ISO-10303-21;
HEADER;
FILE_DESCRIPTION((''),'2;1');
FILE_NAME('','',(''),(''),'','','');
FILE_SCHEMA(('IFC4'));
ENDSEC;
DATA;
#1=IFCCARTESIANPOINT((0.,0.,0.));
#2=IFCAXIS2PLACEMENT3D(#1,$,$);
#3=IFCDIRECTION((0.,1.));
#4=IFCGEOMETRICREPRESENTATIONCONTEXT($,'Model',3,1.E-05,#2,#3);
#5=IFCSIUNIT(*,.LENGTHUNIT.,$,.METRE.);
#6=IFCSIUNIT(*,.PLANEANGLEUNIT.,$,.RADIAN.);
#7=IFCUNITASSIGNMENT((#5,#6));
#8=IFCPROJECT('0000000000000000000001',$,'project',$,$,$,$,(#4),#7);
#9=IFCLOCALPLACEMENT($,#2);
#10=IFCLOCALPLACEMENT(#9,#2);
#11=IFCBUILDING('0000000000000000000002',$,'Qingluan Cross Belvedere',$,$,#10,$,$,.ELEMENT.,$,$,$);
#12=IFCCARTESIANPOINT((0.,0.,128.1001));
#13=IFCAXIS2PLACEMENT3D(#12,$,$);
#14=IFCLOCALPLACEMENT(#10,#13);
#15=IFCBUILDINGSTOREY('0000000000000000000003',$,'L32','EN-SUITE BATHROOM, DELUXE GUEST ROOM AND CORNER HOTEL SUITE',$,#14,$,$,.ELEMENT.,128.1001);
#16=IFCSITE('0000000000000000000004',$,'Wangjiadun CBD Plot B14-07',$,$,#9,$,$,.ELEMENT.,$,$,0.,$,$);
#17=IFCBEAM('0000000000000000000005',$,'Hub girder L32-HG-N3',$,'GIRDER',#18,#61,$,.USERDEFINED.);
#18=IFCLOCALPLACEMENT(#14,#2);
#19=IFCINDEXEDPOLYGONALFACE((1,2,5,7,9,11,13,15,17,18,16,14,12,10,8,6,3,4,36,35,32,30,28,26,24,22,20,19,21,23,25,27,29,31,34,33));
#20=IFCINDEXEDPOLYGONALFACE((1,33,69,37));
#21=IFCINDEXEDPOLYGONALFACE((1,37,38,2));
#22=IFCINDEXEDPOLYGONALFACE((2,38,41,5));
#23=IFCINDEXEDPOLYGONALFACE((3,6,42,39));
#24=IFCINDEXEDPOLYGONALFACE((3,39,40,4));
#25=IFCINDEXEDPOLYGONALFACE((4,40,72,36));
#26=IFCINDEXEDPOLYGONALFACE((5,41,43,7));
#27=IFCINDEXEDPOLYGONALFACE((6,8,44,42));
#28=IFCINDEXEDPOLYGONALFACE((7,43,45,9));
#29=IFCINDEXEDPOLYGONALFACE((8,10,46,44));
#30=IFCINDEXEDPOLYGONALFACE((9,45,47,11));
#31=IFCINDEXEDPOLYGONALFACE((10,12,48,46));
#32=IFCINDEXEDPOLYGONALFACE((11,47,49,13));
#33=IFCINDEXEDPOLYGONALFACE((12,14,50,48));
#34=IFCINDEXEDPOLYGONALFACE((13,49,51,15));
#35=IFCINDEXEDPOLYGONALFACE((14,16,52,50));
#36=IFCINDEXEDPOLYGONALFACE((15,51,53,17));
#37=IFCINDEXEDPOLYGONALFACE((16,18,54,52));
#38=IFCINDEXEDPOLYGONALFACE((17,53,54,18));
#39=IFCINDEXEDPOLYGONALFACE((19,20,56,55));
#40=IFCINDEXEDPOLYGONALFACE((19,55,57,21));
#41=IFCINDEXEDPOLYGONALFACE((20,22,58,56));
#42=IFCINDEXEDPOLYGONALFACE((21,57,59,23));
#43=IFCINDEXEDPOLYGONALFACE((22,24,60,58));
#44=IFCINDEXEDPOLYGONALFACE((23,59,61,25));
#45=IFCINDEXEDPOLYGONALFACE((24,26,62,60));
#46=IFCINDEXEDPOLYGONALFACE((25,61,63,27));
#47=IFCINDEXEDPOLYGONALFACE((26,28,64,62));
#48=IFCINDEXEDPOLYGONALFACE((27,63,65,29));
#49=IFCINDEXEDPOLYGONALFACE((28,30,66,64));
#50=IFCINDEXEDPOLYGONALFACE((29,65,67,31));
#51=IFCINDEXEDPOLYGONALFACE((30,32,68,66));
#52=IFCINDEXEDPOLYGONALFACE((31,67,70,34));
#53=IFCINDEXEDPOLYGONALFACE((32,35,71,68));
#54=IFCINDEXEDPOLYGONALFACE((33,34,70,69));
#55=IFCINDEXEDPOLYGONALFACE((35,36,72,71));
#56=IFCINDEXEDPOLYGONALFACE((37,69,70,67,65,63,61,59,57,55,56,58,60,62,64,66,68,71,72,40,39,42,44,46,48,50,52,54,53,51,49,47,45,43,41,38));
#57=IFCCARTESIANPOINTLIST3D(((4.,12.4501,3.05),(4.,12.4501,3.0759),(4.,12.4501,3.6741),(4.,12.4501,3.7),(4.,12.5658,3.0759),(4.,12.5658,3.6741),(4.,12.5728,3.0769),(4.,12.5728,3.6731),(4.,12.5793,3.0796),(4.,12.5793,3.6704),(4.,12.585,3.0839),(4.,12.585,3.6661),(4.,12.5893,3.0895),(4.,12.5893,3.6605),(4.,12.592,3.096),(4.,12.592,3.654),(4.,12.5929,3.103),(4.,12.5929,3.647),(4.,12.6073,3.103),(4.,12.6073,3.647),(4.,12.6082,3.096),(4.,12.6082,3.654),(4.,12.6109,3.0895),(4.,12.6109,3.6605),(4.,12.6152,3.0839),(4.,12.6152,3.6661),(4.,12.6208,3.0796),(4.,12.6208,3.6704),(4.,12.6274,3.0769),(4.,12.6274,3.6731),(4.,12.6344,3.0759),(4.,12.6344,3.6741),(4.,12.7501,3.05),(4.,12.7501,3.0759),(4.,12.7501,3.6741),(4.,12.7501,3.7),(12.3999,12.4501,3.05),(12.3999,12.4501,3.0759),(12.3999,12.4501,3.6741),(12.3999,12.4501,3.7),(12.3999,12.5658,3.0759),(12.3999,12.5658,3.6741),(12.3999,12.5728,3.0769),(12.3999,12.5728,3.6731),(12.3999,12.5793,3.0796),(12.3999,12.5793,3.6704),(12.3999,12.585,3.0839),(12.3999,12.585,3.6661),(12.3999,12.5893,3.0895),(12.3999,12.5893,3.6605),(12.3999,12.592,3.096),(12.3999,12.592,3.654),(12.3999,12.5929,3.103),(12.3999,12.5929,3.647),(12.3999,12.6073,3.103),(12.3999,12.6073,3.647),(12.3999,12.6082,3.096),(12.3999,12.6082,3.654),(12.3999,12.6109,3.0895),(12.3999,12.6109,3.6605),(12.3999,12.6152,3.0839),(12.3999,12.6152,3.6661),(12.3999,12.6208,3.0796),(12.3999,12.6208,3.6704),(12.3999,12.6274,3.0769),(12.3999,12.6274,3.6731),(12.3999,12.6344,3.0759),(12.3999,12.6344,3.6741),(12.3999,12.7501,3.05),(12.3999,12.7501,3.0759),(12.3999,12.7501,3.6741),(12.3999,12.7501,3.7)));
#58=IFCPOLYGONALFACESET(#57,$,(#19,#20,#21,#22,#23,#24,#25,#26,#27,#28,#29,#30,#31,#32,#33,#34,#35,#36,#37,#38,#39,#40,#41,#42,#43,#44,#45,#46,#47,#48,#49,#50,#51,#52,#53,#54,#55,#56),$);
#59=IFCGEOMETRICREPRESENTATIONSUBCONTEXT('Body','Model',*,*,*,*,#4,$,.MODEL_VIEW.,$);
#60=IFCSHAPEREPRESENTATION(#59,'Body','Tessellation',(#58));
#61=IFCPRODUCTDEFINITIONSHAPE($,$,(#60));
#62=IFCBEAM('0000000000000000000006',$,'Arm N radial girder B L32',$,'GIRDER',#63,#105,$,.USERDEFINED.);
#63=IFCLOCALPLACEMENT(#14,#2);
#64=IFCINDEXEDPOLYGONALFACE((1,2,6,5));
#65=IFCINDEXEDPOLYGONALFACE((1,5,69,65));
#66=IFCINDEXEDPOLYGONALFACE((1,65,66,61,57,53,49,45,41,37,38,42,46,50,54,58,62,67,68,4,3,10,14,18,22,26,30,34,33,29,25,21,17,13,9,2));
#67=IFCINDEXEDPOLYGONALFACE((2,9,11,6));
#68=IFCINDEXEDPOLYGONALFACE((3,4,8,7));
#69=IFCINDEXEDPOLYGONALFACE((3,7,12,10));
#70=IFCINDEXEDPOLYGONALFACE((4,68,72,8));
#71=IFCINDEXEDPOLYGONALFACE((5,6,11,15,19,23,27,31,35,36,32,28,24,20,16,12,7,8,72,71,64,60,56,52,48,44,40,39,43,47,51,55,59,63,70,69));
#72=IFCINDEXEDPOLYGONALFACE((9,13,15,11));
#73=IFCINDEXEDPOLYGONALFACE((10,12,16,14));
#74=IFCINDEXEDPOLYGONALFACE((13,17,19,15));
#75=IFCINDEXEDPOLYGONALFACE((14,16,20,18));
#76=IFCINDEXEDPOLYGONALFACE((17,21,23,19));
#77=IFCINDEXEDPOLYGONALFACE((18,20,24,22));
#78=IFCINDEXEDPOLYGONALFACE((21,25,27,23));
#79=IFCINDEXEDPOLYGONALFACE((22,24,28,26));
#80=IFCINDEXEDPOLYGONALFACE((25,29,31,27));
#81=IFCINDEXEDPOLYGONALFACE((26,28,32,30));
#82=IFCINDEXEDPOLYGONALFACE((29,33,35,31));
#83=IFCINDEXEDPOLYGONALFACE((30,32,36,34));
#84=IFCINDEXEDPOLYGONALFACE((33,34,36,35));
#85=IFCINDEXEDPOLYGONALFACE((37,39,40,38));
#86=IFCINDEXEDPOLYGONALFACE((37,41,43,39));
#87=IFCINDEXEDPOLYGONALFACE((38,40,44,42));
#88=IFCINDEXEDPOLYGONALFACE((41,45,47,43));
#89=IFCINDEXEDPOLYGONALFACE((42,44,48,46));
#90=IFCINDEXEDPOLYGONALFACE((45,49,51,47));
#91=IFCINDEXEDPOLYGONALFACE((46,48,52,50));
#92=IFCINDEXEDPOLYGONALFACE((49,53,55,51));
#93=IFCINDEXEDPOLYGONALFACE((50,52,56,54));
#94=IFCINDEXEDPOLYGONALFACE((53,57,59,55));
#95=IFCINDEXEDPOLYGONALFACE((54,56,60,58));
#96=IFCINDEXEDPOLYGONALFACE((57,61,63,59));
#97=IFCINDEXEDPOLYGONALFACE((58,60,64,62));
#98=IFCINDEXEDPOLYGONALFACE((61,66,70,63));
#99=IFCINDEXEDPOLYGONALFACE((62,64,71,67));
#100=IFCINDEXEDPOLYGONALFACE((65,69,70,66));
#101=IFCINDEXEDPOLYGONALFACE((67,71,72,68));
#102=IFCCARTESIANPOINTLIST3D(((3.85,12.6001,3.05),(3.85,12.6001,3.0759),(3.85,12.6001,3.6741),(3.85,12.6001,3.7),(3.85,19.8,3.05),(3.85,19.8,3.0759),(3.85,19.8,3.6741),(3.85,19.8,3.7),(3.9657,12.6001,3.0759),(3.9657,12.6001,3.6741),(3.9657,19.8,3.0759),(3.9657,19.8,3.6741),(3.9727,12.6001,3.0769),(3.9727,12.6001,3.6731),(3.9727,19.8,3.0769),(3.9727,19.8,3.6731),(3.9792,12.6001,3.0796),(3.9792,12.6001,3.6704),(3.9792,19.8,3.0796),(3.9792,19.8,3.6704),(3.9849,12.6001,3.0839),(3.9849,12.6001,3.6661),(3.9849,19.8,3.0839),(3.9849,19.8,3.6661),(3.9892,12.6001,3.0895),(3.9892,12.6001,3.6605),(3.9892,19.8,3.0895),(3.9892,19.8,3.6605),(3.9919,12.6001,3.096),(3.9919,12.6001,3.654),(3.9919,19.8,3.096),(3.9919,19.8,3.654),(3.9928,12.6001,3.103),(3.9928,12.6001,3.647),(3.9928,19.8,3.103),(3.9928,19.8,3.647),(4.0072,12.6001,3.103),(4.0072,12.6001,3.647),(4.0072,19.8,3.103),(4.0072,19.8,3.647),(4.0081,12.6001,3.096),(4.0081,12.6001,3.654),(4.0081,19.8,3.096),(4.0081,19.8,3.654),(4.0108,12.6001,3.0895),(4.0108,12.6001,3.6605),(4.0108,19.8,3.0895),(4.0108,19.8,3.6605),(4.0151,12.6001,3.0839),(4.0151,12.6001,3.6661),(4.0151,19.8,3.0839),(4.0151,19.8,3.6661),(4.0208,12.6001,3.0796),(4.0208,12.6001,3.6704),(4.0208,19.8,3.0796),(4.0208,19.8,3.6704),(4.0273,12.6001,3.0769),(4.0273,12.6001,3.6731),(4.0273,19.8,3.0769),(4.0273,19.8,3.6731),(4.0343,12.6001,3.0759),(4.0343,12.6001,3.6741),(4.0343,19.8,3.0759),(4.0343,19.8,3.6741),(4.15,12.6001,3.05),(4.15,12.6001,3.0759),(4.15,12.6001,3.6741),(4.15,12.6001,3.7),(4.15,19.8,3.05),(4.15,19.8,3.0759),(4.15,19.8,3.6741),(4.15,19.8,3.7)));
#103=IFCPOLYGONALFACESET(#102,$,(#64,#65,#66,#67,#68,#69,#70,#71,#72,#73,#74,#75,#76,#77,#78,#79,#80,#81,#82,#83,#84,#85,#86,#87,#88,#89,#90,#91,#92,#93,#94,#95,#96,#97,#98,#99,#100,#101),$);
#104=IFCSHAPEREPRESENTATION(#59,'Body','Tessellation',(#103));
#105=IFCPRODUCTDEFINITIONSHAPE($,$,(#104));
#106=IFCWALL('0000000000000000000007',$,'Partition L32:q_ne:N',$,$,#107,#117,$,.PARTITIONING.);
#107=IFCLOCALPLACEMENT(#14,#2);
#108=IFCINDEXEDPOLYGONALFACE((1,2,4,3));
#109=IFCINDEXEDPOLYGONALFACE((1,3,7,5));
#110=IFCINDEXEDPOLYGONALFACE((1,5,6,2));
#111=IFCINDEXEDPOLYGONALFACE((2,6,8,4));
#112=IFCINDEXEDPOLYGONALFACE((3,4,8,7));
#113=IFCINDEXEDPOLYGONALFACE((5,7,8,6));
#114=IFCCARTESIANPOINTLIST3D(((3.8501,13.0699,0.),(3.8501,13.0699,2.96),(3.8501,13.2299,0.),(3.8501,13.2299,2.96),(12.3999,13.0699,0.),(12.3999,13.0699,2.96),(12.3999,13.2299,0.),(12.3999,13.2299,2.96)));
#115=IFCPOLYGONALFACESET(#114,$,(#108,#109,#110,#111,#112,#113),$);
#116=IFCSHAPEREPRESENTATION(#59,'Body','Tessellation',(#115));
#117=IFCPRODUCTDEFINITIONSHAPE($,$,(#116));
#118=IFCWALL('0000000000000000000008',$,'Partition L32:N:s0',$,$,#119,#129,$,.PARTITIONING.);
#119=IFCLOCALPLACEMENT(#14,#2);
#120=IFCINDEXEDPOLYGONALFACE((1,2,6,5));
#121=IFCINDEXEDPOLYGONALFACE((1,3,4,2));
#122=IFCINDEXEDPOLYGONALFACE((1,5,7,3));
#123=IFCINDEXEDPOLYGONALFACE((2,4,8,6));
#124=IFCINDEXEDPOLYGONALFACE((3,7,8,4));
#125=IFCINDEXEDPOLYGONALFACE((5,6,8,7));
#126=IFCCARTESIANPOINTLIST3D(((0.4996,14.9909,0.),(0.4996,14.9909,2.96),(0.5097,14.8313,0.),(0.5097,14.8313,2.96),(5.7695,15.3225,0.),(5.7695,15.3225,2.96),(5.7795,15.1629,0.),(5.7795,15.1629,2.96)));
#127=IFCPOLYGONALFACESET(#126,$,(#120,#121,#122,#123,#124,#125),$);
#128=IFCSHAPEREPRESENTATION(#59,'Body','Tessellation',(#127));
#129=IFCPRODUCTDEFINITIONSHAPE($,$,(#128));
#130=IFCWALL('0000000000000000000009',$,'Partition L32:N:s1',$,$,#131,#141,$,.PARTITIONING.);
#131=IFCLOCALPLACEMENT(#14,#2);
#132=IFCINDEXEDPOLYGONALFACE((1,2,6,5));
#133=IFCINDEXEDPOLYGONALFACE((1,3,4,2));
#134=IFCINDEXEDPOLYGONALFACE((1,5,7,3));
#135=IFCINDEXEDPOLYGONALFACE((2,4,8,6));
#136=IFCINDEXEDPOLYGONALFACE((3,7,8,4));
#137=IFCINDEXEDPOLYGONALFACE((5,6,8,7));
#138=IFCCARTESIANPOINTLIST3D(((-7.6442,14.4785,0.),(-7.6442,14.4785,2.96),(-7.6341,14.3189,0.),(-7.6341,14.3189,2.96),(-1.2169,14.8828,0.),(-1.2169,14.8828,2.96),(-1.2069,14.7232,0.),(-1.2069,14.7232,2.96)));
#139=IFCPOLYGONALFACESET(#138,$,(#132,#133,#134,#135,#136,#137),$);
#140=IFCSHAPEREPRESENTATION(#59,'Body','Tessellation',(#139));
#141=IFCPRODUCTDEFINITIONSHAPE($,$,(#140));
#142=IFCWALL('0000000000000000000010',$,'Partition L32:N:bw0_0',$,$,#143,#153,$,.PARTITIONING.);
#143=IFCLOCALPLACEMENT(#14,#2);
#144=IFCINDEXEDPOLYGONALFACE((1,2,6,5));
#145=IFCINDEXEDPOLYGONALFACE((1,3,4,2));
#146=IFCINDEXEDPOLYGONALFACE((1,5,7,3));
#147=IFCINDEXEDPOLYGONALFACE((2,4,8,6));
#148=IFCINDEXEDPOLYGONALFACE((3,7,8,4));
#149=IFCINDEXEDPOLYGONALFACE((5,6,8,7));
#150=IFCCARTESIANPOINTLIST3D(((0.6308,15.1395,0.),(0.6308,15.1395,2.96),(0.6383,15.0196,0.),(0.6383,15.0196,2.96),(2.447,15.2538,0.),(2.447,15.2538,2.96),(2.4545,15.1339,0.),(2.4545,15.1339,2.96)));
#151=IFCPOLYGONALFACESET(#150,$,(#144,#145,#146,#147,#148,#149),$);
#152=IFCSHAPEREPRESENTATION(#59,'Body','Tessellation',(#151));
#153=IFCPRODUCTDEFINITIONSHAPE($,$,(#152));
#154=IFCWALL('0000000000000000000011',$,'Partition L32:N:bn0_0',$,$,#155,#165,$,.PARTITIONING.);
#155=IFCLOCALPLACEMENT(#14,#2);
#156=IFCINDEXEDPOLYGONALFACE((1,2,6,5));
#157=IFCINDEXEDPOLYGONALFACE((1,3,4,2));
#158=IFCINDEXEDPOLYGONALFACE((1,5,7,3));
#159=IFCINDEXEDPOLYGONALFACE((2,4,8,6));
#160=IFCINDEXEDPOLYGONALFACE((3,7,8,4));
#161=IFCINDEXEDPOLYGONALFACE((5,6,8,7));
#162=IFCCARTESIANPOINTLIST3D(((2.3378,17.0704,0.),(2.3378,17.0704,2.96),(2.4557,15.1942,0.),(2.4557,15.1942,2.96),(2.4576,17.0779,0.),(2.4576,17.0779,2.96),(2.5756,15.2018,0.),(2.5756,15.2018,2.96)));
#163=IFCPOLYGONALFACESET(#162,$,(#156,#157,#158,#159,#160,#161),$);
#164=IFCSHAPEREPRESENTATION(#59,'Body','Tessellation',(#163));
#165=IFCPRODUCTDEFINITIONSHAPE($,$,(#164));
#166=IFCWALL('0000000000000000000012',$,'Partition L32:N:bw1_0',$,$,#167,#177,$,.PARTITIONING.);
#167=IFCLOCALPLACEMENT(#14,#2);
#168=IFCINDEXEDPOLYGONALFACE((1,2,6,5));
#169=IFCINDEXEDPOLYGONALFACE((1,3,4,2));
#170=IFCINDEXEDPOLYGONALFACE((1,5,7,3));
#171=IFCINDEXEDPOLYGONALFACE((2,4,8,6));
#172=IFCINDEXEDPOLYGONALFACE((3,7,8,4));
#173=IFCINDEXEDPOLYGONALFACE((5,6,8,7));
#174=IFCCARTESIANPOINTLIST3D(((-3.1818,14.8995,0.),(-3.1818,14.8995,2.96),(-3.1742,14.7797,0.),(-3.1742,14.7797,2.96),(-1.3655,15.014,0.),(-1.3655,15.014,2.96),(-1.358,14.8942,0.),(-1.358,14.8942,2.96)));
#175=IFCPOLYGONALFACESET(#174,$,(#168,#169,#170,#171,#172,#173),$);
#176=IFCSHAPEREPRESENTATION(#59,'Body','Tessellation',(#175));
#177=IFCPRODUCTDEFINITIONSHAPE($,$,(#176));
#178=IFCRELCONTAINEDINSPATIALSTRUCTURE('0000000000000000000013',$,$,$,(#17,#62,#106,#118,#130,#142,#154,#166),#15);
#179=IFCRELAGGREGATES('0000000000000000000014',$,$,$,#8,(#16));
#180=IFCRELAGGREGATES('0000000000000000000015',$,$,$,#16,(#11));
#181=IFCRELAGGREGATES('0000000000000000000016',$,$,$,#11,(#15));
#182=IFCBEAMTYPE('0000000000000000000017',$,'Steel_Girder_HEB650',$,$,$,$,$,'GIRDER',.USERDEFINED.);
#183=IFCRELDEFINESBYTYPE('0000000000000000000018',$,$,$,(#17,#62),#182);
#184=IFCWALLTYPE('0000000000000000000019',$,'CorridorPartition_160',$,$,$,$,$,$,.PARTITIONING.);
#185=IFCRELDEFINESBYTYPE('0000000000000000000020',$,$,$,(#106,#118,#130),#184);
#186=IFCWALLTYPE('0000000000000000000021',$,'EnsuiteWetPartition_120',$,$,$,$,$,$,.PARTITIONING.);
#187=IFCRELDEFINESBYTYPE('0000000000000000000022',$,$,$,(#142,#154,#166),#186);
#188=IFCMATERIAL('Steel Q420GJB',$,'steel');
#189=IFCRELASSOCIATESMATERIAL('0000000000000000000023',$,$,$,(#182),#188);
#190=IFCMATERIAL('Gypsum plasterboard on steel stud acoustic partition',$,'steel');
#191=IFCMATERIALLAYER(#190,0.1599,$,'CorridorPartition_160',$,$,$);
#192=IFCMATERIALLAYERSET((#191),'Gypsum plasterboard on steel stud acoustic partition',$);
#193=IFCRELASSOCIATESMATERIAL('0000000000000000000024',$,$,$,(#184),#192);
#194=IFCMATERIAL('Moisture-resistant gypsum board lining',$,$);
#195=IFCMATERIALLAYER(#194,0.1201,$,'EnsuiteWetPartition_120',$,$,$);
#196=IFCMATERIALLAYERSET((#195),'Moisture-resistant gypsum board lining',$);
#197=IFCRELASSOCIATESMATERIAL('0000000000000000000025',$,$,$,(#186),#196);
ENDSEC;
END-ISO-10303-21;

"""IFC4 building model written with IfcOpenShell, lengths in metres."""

from ifc_helpers import new_model, si_unit, direction, frame, frame_2d, origin, origin_2d, place, context, subcontext, project, spatial, rectangle, i_section, extrude, material, layer, layer_set, material_profile, profile_set, type_object, element, save


model = new_model("IFC4")

# Units and contexts
model_context = context("Model", 3, precision=1e-05, world=origin(), true_north=direction((0.0, 1.0)))
body_context = subcontext(model_context, "Body", "Model", "MODEL_VIEW")
ifc_project = project(units=[si_unit("LENGTHUNIT", "METRE"), si_unit("PLANEANGLEUNIT", "RADIAN")], contexts=[model_context])

# Site, building, storey
site_placement = place(None, origin())
site = spatial("IfcSite", under=ifc_project, at=site_placement, Name="Wangjiadun CBD Plot B14-07", CompositionType="ELEMENT", RefElevation=0.0)
building_placement = place(site_placement, origin())
building = spatial("IfcBuilding", under=site, at=building_placement, Name="Qingluan Cross Belvedere", CompositionType="ELEMENT")
storey_placement = place(building_placement, frame((0.0, 0.0, 128.1001)))
storey = spatial("IfcBuildingStorey", under=building, at=storey_placement, Name="L32", Description="EN-SUITE BATHROOM, DELUXE GUEST ROOM AND CORNER HOTEL SUITE", CompositionType="ELEMENT", Elevation=128.1001)

# Beams
ifc_material_1 = material(Name="Steel Q420GJB", Category="steel")
ifc_material_profile_1 = material_profile(ifc_material_1, i_section(OverallWidth=0.3, OverallDepth=0.6499, WebThickness=0.0144, FlangeThickness=0.0259, FilletRadius=0.0271, at=origin_2d()), Name="HEB650")
ifc_profile_set_1 = profile_set([ifc_material_profile_1], Name="Steel Q420GJB")
beam_type_1 = type_object("IfcBeamType", Name="Steel_Girder_HEB650", ElementType="GIRDER", PredefinedType="USERDEFINED", material=ifc_profile_set_1)
beam_1_placement = place(storey_placement, frame((4.0, 12.6001, 3.375), z_axis=(1.0, 0.0, 0.0), x_axis=(0.0, 1.0, 0.0)))
element("IfcBeam", 1, at=beam_1_placement, inside=storey, type_object=beam_type_1, Name="Hub girder L32-HG-N3", ObjectType="GIRDER", PredefinedType="USERDEFINED", context=body_context, shape_type="SweptSolid", body=[
    extrude(i_section(OverallWidth=0.3, OverallDepth=0.6499, WebThickness=0.0144, FlangeThickness=0.0259, FilletRadius=0.0271, at=origin_2d()), origin(), (0.0, 0.0, 1.0), 8.3999),
])
beam_2_placement = place(storey_placement, frame((4.0, 12.6001, 3.375), z_axis=(0.0, 1.0, 0.0), x_axis=(-1.0, 0.0, 0.0)))
element("IfcBeam", 2, at=beam_2_placement, inside=storey, type_object=beam_type_1, Name="Arm N radial girder B L32", ObjectType="GIRDER", PredefinedType="USERDEFINED", context=body_context, shape_type="SweptSolid", body=[
    extrude(i_section(OverallWidth=0.3, OverallDepth=0.6499, WebThickness=0.0144, FlangeThickness=0.0259, FilletRadius=0.0271, at=origin_2d()), origin(), (0.0, 0.0, 1.0), 7.2),
])

# Wall
ifc_material_2 = material(Name="Gypsum plasterboard on steel stud acoustic partition", Category="steel")
ifc_layer_1 = layer(ifc_material_2, 0.1599, Name="CorridorPartition_160")
ifc_layer_set_1 = layer_set([ifc_layer_1], Name="Gypsum plasterboard on steel stud acoustic partition")
wall_type_1 = type_object("IfcWallType", Name="CorridorPartition_160", PredefinedType="PARTITIONING", material=ifc_layer_set_1)
wall_1_placement = place(storey_placement, frame((3.8501, 13.1499, 0.0), z_axis=(0.0, 0.0, 1.0), x_axis=(1.0, 0.0, 0.0)))
element("IfcWall", 3, at=wall_1_placement, inside=storey, type_object=wall_type_1, Name="Partition L32:q_ne:N", PredefinedType="PARTITIONING", context=body_context, shape_type="SweptSolid", body=[
    extrude(rectangle(XDim=8.5498, YDim=0.1599, at=frame_2d((4.2749, 0.0))), origin(), (0.0, 0.0, 1.0), 2.96),
])

# Wall
wall_2_placement = place(storey_placement, frame((0.5046, 14.9111, 0.0), z_axis=(0.0, 0.0, 1.0), x_axis=(0.998027, 0.06279, 0.0)))
element("IfcWall", 4, at=wall_2_placement, inside=storey, type_object=wall_type_1, Name="Partition L32:N:s0", PredefinedType="PARTITIONING", context=body_context, shape_type="SweptSolid", body=[
    extrude(rectangle(XDim=5.2803, YDim=0.1599, at=frame_2d((2.6401, 0.0))), origin(), (0.0, 0.0, 1.0), 2.96),
])

# Walls
wall_3_placement = place(storey_placement, frame((-1.2119, 14.803, 0.0), z_axis=(0.0, 0.0, 1.0), x_axis=(-0.998027, -0.06278, 0.0)))
element("IfcWall", 5, at=wall_3_placement, inside=storey, type_object=wall_type_1, Name="Partition L32:N:s1", PredefinedType="PARTITIONING", context=body_context, shape_type="SweptSolid", body=[
    extrude(rectangle(XDim=6.4399, YDim=0.1599, at=frame_2d((3.22, 0.0))), origin(), (0.0, 0.0, 1.0), 2.96),
])
ifc_material_3 = material(Name="Moisture-resistant gypsum board lining")
ifc_layer_2 = layer(ifc_material_3, 0.1201, Name="EnsuiteWetPartition_120")
ifc_layer_set_2 = layer_set([ifc_layer_2], Name="Moisture-resistant gypsum board lining")
wall_type_2 = type_object("IfcWallType", Name="EnsuiteWetPartition_120", PredefinedType="PARTITIONING", material=ifc_layer_set_2)
wall_4_placement = place(storey_placement, frame((0.6345, 15.0796, 0.0), z_axis=(0.0, 0.0, 1.0), x_axis=(0.998027, 0.062788, 0.0)))
element("IfcWall", 6, at=wall_4_placement, inside=storey, type_object=wall_type_2, Name="Partition L32:N:bw0_0", PredefinedType="PARTITIONING", context=body_context, shape_type="SweptSolid", body=[
    extrude(rectangle(XDim=1.8198, YDim=0.1201, at=frame_2d((0.9099, 0.0))), origin(), (0.0, 0.0, 1.0), 2.96),
])
wall_5_placement = place(storey_placement, frame((2.5156, 15.198, 0.0), z_axis=(0.0, 0.0, 1.0), x_axis=(-0.062726, 0.998031, 0.0)))
element("IfcWall", 7, at=wall_5_placement, inside=storey, type_object=wall_type_2, Name="Partition L32:N:bn0_0", PredefinedType="PARTITIONING", context=body_context, shape_type="SweptSolid", body=[
    extrude(rectangle(XDim=1.8799, YDim=0.1201, at=frame_2d((0.9399, 0.0))), origin(), (0.0, 0.0, 1.0), 2.96),
])
wall_6_placement = place(storey_placement, frame((-3.178, 14.8396, 0.0), z_axis=(0.0, 0.0, 1.0), x_axis=(0.998018, 0.062921, 0.0)))
element("IfcWall", 8, at=wall_6_placement, inside=storey, type_object=wall_type_2, Name="Partition L32:N:bw1_0", PredefinedType="PARTITIONING", context=body_context, shape_type="SweptSolid", body=[
    extrude(rectangle(XDim=1.8198, YDim=0.1201, at=frame_2d((0.9099, 0.0))), origin(), (0.0, 0.0, 1.0), 2.96),
])

save(model, "model.ifc")
